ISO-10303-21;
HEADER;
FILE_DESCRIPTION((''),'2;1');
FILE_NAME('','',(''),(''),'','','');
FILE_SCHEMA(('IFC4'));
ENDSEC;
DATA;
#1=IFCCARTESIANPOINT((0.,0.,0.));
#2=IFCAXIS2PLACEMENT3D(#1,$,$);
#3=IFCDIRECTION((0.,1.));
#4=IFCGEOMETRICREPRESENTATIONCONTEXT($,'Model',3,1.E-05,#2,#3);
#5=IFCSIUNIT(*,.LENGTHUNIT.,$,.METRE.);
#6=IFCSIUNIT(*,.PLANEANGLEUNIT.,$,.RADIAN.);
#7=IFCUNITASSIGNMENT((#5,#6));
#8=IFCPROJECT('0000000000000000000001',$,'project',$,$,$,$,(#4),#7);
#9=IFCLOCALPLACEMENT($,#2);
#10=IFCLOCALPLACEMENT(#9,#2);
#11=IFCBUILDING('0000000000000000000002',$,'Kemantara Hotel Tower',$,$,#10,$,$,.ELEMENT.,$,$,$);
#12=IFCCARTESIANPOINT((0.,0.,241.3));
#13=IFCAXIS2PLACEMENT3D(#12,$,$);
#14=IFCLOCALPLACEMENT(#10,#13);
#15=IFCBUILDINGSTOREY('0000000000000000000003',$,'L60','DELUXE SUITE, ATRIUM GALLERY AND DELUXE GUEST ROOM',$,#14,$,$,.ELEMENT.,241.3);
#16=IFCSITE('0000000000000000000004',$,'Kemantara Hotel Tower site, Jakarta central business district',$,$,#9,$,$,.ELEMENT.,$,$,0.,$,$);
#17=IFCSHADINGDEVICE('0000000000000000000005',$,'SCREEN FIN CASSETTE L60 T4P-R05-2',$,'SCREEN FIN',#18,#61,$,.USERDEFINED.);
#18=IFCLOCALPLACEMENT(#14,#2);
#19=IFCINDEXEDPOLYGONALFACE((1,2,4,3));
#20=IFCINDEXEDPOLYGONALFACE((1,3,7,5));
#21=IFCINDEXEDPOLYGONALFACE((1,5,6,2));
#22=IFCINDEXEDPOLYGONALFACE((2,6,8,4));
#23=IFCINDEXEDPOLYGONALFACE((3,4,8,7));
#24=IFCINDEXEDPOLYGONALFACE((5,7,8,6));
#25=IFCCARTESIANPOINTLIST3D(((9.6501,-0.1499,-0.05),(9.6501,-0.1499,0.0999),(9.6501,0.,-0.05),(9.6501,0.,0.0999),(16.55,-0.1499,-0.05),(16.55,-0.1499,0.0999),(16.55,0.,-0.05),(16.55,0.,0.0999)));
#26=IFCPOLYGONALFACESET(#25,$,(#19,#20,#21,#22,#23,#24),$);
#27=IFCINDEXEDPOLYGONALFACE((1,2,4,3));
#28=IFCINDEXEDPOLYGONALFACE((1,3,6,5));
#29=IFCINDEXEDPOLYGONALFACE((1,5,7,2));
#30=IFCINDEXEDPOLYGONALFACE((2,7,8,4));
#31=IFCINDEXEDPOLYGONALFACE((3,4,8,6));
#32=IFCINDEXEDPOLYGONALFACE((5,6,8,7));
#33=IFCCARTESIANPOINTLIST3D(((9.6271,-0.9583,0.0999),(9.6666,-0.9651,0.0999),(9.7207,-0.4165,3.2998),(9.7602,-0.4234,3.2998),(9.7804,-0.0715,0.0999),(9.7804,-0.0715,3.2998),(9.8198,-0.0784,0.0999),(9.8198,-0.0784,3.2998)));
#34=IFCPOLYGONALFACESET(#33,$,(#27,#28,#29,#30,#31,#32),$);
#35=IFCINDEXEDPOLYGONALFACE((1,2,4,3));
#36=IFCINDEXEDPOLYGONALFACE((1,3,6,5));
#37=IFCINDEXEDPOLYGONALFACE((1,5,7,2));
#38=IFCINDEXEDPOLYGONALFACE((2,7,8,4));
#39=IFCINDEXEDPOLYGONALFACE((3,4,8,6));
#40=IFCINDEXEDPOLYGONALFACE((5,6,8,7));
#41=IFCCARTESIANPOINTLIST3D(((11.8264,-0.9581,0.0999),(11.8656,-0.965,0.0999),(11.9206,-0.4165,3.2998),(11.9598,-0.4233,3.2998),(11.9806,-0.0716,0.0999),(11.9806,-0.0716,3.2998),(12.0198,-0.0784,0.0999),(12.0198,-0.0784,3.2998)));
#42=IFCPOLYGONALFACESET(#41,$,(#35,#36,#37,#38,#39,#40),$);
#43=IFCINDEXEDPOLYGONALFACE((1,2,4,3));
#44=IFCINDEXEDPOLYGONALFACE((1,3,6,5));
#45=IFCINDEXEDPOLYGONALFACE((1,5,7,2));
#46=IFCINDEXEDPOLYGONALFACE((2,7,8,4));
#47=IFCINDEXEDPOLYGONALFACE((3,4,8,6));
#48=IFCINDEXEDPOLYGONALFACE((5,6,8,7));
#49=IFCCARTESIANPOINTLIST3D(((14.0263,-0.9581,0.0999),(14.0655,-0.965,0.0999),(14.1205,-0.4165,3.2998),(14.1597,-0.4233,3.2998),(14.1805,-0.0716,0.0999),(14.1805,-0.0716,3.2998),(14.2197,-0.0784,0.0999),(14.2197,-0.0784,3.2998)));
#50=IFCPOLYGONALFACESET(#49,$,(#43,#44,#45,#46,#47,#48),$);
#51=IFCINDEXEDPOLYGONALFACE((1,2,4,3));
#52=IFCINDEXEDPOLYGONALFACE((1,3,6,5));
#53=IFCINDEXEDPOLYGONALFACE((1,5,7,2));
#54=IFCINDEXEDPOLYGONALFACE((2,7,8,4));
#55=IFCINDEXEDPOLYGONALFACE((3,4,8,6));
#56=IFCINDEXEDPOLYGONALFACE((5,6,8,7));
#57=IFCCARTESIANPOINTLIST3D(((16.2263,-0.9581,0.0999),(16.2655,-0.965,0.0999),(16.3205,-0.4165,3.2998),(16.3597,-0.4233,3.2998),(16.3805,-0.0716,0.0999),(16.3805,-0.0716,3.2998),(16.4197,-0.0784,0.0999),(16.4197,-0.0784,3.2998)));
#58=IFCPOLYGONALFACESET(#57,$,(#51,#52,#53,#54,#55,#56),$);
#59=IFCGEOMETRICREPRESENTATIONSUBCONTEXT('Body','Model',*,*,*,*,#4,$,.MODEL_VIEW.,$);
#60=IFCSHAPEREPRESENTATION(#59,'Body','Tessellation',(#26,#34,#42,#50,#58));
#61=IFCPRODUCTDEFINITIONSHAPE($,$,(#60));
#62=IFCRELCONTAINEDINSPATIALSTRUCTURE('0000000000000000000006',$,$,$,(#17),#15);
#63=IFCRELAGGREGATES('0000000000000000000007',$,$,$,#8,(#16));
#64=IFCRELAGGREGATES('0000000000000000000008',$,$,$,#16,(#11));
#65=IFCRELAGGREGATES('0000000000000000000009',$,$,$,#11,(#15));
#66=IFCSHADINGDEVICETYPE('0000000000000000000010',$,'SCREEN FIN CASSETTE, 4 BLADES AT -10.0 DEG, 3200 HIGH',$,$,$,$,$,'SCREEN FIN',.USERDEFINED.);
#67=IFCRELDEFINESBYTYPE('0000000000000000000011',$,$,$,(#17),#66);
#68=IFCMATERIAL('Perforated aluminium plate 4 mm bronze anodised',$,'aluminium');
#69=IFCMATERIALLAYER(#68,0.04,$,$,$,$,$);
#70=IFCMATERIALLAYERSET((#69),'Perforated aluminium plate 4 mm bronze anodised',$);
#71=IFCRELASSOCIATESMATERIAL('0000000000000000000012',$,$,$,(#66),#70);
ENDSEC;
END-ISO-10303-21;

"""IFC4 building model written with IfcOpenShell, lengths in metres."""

from ifc_helpers import new_model, si_unit, direction, frame, origin, origin_2d, place, context, subcontext, project, spatial, polyline, rectangle, outline, extrude, source, transform, mapped, material, layer, layer_set, type_object, element, save


model = new_model("IFC4")

# Units and contexts
model_context = context("Model", 3, precision=1e-05, world=origin(), true_north=direction((0.0, 1.0)))
body_context = subcontext(model_context, "Body", "Model", "MODEL_VIEW")
ifc_project = project(units=[si_unit("LENGTHUNIT", "METRE"), si_unit("PLANEANGLEUNIT", "RADIAN")], contexts=[model_context])

# Site, building, storey
site_placement = place(None, origin())
site = spatial("IfcSite", under=ifc_project, at=site_placement, Name="Kemantara Hotel Tower site, Jakarta central business district", CompositionType="ELEMENT", RefElevation=0.0)
building_placement = place(site_placement, origin())
building = spatial("IfcBuilding", under=site, at=building_placement, Name="Kemantara Hotel Tower", CompositionType="ELEMENT")
storey_placement = place(building_placement, frame((0.0, 0.0, 241.3)))
storey = spatial("IfcBuildingStorey", under=building, at=storey_placement, Name="L60", Description="DELUXE SUITE, ATRIUM GALLERY AND DELUXE GUEST ROOM", CompositionType="ELEMENT", Elevation=241.3)

# Shading device
ifc_material_1 = material(Name="Perforated aluminium plate 4 mm bronze anodised", Category="aluminium")
ifc_layer_1 = layer(ifc_material_1, 0.04)
ifc_layer_set_1 = layer_set([ifc_layer_1], Name="Perforated aluminium plate 4 mm bronze anodised")
shading_device_type_1 = type_object("IfcShadingDeviceType", Name="SCREEN FIN CASSETTE, 4 BLADES AT -10.0 DEG, 3200 HIGH", ElementType="SCREEN FIN", PredefinedType="USERDEFINED", material=ifc_layer_set_1)
shared_shape_1 = source(origin(), body_context, "Body", "SweptSolid", [
    extrude(rectangle(XDim=6.8999, YDim=0.1499, at=origin_2d()), frame((3.3, -0.075, -0.1499), z_axis=(0.0, 0.0, 1.0), x_axis=(1.0, 0.0, 0.0)), (0.0, 0.0, 1.0), 0.1499),
    extrude(outline(polyline([(0.0, 0.0), (0.8999, 0.0), (0.3501, 3.2), (0.0, 3.2), (0.0, 0.0)])), frame((0.0198, -0.0784, 0.0), z_axis=(-0.98539, 0.170314, 0.0), x_axis=(-0.170314, -0.98539, 0.0)), (0.0, 0.0, 1.0), 0.04),
    extrude(outline(polyline([(0.0, 0.0), (0.8999, 0.0), (0.3501, 3.2), (0.0, 3.2), (0.0, 0.0)])), frame((2.2197, -0.0784, 0.0), z_axis=(-0.985212, 0.171341, 0.0), x_axis=(-0.171341, -0.985212, 0.0)), (0.0, 0.0, 1.0), 0.0398),
    extrude(outline(polyline([(0.0, 0.0), (0.8999, 0.0), (0.3501, 3.2), (0.0, 3.2), (0.0, 0.0)])), frame((4.4197, -0.0784, 0.0), z_axis=(-0.985212, 0.171341, 0.0), x_axis=(-0.171341, -0.985212, 0.0)), (0.0, 0.0, 1.0), 0.0398),
    extrude(outline(polyline([(0.0, 0.0), (0.8999, 0.0), (0.3501, 3.2), (0.0, 3.2), (0.0, 0.0)])), frame((6.6196, -0.0784, 0.0), z_axis=(-0.985212, 0.171341, 0.0), x_axis=(-0.171341, -0.985212, 0.0)), (0.0, 0.0, 1.0), 0.0398),
])
shading_device_1_placement = place(storey_placement, frame((9.8, 0.0, 0.0999), z_axis=(0.0, 0.0, 1.0), x_axis=(1.0, 0.0, 0.0)))
element("IfcShadingDevice", 1, at=shading_device_1_placement, inside=storey, type_object=shading_device_type_1, Name="SCREEN FIN CASSETTE L60 T4P-R05-2", ObjectType="SCREEN FIN", PredefinedType="USERDEFINED", context=body_context, shape_type="MappedRepresentation", body=[
    mapped(shared_shape_1, transform((0.0, 0.0, 0.0))),
])

save(model, "model.ifc")
